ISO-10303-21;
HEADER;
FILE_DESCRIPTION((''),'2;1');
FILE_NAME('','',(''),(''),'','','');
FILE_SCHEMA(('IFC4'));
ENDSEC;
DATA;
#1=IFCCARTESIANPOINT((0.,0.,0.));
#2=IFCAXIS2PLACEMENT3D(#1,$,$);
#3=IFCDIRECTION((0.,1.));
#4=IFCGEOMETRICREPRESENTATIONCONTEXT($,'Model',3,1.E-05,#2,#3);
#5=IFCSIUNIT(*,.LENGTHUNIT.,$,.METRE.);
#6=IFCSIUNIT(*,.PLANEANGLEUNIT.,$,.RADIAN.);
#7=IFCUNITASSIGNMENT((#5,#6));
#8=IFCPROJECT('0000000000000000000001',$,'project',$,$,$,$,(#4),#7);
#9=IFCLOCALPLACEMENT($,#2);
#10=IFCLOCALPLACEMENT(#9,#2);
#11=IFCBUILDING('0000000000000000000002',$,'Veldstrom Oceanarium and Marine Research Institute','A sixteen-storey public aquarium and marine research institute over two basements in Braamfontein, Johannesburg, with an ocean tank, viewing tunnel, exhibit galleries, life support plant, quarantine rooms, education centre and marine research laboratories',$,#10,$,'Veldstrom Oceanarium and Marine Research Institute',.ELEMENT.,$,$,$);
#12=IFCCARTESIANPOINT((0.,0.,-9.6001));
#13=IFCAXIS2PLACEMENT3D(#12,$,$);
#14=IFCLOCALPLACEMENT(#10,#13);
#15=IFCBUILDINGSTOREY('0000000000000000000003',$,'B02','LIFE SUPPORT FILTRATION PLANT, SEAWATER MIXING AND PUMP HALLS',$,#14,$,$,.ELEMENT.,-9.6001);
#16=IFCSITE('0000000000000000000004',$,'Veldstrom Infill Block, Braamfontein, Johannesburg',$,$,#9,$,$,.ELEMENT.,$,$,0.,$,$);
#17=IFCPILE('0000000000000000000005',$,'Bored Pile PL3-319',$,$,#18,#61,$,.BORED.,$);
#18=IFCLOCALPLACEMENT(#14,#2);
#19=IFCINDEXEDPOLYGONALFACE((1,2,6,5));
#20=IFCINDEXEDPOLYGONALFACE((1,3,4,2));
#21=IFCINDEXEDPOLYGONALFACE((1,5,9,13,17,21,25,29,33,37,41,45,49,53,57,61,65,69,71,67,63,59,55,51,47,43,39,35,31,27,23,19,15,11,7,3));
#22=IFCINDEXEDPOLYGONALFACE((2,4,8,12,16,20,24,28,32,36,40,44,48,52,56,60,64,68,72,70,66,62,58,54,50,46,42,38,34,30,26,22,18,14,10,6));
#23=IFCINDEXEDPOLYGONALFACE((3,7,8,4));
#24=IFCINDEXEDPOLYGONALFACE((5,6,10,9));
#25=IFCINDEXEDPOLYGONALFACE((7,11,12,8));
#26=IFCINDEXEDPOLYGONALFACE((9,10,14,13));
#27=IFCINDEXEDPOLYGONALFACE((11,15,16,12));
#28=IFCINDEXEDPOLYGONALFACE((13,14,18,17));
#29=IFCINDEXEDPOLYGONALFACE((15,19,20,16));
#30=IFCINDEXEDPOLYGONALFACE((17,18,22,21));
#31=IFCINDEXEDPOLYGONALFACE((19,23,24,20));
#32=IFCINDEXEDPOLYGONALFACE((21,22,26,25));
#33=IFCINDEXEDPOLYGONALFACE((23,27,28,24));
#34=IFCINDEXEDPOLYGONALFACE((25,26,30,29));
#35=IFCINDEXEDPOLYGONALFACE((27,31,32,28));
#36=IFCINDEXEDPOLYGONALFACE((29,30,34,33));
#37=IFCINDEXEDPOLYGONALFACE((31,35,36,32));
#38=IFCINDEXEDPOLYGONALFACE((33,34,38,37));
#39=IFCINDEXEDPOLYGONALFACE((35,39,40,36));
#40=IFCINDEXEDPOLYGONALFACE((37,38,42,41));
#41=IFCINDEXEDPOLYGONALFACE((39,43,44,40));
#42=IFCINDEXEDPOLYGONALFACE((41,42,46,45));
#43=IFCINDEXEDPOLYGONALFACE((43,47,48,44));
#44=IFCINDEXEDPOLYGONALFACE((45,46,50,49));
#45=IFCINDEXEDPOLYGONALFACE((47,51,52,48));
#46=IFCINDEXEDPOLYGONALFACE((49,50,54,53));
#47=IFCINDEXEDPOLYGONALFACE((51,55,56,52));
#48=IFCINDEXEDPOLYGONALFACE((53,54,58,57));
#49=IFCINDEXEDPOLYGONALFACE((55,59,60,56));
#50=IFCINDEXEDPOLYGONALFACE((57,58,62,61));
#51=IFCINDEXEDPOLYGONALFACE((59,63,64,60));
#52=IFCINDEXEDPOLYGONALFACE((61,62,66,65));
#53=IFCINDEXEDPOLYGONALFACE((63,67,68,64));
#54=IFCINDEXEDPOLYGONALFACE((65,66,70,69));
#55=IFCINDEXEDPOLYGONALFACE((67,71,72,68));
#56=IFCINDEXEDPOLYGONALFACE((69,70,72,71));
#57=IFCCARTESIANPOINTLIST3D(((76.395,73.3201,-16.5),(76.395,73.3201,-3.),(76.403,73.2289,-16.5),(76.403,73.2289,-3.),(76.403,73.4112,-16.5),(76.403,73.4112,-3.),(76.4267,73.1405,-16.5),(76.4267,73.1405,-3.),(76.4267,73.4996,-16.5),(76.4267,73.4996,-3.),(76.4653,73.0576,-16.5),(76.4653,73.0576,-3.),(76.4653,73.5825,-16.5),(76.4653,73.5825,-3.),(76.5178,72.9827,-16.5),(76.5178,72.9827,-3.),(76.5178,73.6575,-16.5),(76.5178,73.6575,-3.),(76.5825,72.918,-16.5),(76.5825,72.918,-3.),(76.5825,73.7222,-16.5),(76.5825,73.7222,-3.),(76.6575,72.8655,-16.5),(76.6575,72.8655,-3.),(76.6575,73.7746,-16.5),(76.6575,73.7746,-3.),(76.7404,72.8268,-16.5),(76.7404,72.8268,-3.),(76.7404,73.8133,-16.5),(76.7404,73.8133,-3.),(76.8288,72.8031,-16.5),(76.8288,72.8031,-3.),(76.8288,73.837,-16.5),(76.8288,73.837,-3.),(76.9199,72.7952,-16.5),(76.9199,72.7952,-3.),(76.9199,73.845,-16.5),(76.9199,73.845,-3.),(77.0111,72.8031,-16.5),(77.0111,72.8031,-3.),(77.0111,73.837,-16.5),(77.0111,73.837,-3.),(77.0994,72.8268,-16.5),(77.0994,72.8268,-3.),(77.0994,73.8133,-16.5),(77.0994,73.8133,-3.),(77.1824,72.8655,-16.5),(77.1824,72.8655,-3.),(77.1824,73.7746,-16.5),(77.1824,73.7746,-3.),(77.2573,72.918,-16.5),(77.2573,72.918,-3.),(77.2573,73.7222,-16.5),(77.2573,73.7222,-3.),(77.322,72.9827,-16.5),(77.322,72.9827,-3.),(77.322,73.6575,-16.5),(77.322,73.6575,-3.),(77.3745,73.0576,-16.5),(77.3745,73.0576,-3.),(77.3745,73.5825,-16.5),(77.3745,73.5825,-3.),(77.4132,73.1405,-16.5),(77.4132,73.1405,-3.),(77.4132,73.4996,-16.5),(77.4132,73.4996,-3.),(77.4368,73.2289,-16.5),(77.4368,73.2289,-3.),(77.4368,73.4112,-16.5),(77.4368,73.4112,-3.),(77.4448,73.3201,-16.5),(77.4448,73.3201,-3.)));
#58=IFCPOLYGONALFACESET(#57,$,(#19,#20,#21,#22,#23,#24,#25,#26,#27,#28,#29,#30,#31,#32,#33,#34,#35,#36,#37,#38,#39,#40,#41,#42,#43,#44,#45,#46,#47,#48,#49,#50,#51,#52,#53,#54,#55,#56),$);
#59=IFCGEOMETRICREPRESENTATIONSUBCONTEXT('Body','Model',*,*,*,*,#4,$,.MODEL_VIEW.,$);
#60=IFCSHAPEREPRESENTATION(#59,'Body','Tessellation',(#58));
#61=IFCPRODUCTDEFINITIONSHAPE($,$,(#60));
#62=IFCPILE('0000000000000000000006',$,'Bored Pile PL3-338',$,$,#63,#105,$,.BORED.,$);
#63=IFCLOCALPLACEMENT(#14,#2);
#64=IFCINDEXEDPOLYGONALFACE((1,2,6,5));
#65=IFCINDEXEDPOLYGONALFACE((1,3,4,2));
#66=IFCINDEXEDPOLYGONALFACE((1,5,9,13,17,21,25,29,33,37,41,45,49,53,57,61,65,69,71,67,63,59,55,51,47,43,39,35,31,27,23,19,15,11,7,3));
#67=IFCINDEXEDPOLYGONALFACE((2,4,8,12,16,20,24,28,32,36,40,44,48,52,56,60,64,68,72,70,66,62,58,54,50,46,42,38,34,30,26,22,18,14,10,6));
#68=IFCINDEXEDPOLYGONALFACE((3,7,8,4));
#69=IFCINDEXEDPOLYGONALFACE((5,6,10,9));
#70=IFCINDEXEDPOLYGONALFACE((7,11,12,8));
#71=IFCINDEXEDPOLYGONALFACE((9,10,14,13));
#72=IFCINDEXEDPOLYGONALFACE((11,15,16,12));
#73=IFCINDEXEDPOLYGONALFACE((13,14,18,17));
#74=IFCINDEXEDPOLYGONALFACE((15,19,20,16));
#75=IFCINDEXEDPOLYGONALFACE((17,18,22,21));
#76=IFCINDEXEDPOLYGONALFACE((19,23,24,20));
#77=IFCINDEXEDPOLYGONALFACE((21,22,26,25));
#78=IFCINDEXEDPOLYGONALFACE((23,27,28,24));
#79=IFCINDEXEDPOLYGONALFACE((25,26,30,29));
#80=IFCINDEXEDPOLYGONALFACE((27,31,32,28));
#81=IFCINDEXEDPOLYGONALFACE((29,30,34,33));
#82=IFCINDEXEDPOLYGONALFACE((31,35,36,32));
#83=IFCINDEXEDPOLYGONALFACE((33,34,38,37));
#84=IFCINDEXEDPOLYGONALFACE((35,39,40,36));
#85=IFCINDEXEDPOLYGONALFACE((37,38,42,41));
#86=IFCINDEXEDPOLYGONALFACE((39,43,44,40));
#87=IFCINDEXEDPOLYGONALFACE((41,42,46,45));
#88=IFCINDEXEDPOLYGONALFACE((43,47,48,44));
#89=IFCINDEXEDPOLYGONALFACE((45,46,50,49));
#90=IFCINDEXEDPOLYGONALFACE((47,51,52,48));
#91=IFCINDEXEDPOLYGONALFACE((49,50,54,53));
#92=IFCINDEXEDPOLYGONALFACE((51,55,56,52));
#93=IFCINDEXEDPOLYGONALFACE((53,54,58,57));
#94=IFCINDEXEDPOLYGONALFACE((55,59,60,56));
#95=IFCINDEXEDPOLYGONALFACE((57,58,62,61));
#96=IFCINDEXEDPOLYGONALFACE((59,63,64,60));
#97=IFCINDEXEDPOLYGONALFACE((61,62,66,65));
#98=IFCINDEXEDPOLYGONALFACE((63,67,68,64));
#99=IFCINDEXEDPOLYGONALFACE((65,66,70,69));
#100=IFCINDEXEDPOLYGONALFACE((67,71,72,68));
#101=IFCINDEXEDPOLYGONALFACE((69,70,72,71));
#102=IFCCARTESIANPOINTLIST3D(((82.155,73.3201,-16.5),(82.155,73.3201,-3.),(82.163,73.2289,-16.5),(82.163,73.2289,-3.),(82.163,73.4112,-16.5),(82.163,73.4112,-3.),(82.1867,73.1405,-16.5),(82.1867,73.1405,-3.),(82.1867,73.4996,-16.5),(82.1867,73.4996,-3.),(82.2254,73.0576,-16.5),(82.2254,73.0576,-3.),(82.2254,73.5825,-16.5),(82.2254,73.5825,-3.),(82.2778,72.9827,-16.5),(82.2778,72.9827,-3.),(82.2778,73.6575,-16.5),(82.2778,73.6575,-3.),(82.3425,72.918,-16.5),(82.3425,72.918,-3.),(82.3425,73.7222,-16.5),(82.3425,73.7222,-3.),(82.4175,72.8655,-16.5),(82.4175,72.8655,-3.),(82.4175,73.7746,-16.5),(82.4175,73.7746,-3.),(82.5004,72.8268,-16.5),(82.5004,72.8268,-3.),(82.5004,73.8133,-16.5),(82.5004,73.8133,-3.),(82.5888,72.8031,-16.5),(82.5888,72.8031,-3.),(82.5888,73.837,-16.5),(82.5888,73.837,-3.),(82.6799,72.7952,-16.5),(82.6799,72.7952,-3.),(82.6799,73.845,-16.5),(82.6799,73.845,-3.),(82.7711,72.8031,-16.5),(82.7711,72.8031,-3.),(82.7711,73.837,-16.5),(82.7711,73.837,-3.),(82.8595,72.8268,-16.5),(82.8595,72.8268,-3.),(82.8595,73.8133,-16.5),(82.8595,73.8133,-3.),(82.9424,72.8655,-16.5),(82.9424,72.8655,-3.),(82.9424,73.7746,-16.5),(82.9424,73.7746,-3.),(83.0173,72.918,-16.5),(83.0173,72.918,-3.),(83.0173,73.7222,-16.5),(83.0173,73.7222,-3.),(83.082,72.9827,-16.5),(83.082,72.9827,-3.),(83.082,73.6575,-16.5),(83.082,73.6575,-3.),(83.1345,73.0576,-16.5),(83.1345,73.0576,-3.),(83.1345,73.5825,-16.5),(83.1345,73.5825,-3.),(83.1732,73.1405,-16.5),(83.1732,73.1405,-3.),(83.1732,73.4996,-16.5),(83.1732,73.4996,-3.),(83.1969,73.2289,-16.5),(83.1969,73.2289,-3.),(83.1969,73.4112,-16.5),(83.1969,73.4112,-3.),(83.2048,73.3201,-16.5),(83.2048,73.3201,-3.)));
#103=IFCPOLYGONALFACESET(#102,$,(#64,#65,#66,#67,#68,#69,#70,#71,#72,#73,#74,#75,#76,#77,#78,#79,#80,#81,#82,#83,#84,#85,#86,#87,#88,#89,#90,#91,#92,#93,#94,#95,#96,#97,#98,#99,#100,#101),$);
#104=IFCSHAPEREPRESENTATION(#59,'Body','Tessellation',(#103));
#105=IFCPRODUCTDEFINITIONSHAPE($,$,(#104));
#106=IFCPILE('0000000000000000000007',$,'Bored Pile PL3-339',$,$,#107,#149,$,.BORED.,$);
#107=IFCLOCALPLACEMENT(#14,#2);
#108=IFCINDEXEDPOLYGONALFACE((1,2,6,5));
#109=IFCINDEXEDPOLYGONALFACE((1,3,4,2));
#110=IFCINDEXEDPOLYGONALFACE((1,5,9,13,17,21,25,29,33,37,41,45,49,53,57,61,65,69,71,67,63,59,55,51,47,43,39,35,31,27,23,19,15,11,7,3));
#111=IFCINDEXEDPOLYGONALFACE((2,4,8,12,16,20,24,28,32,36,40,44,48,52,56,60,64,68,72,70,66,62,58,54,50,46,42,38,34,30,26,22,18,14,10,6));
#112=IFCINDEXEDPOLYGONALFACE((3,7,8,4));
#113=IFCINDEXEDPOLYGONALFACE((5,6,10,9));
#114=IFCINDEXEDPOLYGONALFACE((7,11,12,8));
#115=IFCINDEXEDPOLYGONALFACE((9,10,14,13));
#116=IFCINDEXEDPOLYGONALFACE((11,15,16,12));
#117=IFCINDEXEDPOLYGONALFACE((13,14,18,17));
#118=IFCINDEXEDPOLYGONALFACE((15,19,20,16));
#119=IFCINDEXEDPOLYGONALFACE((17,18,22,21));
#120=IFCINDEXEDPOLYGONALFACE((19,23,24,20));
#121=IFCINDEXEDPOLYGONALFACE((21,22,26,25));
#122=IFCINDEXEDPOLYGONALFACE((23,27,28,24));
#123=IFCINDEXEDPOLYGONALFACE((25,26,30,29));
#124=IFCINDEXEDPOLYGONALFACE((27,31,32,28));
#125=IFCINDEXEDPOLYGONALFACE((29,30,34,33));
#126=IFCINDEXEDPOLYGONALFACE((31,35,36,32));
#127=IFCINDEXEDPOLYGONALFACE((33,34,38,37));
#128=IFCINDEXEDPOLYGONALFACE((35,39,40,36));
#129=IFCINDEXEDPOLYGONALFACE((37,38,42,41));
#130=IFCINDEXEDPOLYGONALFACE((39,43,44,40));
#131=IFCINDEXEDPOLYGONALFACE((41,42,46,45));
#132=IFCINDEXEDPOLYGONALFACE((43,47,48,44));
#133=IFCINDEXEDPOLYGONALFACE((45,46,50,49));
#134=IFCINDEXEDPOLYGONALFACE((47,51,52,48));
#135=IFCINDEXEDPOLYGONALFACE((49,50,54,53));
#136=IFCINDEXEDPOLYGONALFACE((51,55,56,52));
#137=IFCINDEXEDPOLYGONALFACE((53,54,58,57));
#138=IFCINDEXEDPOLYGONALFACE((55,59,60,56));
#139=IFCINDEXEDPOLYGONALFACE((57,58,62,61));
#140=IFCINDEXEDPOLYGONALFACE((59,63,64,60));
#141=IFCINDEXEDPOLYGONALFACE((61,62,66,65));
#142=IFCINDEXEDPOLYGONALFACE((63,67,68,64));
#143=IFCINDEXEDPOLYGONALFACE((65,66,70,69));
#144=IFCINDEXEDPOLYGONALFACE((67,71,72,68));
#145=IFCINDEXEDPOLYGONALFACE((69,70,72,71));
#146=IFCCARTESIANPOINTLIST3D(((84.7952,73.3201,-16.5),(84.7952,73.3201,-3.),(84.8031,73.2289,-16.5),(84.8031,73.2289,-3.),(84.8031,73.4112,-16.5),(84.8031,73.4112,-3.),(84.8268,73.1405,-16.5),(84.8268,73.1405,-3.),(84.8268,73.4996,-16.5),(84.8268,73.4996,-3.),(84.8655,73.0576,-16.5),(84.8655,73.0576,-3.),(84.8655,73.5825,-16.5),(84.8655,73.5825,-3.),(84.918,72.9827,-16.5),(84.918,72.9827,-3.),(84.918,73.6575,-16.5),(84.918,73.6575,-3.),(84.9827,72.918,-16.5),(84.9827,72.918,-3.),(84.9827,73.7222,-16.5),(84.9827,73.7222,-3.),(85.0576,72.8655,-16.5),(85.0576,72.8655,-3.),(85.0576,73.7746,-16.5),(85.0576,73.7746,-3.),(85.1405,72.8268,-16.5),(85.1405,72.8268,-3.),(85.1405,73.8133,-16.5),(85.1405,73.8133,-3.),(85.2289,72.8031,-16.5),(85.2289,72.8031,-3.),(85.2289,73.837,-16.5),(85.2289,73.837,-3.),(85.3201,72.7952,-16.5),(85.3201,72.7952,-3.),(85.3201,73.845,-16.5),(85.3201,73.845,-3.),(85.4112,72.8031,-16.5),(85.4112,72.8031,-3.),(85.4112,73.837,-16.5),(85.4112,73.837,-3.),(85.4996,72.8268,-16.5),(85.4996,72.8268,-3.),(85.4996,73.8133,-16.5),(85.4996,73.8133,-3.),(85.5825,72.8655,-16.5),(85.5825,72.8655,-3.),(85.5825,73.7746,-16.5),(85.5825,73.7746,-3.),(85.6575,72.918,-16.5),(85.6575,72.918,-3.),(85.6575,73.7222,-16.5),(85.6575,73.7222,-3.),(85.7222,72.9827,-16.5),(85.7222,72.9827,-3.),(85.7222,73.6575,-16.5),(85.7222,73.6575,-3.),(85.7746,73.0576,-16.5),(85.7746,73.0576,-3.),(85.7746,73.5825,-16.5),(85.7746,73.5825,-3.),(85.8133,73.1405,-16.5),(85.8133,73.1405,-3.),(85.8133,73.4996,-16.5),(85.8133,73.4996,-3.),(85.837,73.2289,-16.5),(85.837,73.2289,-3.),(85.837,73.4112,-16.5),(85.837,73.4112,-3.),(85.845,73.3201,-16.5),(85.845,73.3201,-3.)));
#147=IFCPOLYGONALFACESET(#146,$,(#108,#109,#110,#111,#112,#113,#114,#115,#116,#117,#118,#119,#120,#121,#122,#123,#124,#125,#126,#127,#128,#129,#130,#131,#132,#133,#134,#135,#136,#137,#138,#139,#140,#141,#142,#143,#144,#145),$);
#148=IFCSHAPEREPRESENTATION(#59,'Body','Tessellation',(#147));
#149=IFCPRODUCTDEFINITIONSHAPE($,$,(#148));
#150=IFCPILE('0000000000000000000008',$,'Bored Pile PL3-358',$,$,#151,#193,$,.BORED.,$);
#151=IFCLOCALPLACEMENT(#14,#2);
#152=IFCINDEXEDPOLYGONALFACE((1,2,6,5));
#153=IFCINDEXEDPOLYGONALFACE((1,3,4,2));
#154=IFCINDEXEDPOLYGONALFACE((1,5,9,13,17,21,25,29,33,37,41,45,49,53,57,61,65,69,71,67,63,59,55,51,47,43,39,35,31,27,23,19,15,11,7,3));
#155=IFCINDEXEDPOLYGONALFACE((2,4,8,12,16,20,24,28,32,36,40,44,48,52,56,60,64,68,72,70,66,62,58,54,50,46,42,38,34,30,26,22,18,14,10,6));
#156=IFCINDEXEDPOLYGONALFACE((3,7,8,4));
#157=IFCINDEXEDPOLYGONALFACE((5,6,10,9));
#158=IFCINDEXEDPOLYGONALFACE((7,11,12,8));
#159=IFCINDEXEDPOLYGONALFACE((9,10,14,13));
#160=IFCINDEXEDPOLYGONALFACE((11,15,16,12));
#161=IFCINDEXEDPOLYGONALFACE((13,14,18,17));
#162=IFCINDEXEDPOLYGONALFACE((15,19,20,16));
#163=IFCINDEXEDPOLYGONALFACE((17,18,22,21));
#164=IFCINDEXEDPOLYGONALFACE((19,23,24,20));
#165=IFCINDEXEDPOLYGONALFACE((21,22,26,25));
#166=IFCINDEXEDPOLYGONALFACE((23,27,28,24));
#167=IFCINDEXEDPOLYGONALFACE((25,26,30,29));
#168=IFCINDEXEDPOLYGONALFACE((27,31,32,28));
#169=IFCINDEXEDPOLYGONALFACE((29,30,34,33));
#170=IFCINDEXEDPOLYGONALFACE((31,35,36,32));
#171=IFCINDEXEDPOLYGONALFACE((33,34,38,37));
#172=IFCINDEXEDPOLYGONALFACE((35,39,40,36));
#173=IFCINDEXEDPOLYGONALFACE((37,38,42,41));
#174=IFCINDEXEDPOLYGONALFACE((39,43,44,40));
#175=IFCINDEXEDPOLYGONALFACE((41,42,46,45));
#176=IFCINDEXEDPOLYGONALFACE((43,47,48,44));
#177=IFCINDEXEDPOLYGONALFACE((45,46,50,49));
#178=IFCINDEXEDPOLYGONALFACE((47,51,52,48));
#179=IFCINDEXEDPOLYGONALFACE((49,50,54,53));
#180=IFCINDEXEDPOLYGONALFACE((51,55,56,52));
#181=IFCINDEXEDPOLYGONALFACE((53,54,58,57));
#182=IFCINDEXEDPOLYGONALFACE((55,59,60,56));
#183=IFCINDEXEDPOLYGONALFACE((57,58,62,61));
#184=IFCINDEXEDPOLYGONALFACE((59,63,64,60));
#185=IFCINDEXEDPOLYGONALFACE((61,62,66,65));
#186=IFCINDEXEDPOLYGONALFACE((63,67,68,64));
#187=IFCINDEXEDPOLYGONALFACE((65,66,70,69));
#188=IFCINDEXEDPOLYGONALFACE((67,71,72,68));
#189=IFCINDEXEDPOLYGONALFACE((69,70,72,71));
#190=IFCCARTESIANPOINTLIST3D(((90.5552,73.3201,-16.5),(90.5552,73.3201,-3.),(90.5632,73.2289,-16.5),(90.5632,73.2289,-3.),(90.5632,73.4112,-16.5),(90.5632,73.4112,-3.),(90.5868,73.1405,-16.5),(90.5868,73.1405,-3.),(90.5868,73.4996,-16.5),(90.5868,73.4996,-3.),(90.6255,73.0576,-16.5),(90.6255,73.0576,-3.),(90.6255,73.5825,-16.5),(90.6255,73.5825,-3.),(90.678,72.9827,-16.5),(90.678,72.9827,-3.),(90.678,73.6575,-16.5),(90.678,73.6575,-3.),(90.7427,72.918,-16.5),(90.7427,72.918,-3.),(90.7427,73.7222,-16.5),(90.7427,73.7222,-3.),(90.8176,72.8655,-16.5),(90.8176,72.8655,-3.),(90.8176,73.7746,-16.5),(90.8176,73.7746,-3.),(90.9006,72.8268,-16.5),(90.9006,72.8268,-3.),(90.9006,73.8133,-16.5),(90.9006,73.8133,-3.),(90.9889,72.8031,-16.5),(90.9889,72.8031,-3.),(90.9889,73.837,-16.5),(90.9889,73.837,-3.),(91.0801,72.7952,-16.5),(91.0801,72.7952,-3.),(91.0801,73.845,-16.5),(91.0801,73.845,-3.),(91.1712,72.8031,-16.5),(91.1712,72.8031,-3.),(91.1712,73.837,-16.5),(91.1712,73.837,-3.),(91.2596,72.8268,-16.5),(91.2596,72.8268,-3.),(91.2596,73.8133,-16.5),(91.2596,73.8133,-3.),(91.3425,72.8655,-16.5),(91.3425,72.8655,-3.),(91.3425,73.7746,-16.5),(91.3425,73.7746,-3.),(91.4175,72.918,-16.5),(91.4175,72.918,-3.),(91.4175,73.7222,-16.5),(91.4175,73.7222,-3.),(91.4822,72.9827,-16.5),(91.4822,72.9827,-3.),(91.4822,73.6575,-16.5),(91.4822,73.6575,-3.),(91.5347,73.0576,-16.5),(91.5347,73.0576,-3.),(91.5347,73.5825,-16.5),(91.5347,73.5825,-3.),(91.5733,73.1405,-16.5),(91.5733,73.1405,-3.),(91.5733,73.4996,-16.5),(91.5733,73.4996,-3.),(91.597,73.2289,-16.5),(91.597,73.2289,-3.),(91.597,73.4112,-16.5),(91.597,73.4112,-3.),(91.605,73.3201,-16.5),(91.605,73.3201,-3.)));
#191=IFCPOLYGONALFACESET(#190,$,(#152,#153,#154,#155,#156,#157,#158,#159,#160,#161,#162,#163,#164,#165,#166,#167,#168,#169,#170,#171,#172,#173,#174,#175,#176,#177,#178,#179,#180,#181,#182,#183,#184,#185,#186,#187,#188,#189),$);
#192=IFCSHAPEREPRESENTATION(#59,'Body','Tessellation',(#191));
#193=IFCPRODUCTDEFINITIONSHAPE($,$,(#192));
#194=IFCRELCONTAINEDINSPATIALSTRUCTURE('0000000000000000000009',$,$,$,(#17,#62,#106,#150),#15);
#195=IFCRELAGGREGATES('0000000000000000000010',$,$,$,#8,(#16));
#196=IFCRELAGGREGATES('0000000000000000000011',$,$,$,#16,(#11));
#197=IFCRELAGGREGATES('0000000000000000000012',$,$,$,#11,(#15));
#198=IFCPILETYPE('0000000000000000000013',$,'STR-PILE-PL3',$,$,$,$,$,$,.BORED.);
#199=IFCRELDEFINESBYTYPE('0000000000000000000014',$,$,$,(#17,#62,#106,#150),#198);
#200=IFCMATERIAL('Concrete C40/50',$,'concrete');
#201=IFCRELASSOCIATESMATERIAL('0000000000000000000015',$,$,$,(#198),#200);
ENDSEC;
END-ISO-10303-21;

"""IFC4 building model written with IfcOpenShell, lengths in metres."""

from ifc_helpers import new_model, si_unit, direction, frame, origin, origin_2d, place, context, subcontext, project, spatial, circle, extrude, material, material_profile, profile_set, type_object, element, save


model = new_model("IFC4")

# Units and contexts
model_context = context("Model", 3, precision=1e-05, world=origin(), true_north=direction((0.0, 1.0)))
body_context = subcontext(model_context, "Body", "Model", "MODEL_VIEW")
ifc_project = project(units=[si_unit("LENGTHUNIT", "METRE"), si_unit("PLANEANGLEUNIT", "RADIAN")], contexts=[model_context])

# Site, building, storey
site_placement = place(None, origin())
site = spatial("IfcSite", under=ifc_project, at=site_placement, Name="Veldstrom Infill Block, Braamfontein, Johannesburg", CompositionType="ELEMENT", RefElevation=0.0)
building_placement = place(site_placement, origin())
building = spatial("IfcBuilding", under=site, at=building_placement, Name="Veldstrom Oceanarium and Marine Research Institute", Description="A sixteen-storey public aquarium and marine research institute over two basements in Braamfontein, Johannesburg, with an ocean tank, viewing tunnel, exhibit galleries, life support plant, quarantine rooms, education centre and marine research laboratories", LongName="Veldstrom Oceanarium and Marine Research Institute", CompositionType="ELEMENT")
storey_placement = place(building_placement, frame((0.0, 0.0, -9.6001)))
storey = spatial("IfcBuildingStorey", under=building, at=storey_placement, Name="B02", Description="LIFE SUPPORT FILTRATION PLANT, SEAWATER MIXING AND PUMP HALLS", CompositionType="ELEMENT", Elevation=-9.6001)

# Piles
ifc_material_1 = material(Name="Concrete C40/50", Category="concrete")
ifc_material_profile_1 = material_profile(ifc_material_1, circle(Radius=0.5249, at=origin_2d()), Name="PILE-D1050")
ifc_profile_set_1 = profile_set([ifc_material_profile_1], Name="Concrete C40/50")
pile_type_1 = type_object("IfcPileType", Name="STR-PILE-PL3", PredefinedType="BORED", material=ifc_profile_set_1)
for number, where, z_axis, x_axis, name in (
    (1, (76.9199, 73.3201, -3.0), (0.0, 0.0, -1.0), (1.0, 0.0, 0.0), "Bored Pile PL3-319"),
    (2, (82.6799, 73.3201, -3.0), (0.0, 0.0, -1.0), (1.0, 0.0, 0.0), "Bored Pile PL3-338"),
    (3, (85.3201, 73.3201, -3.0), (0.0, 0.0, -1.0), (1.0, 0.0, 0.0), "Bored Pile PL3-339"),
    (4, (91.0801, 73.3201, -3.0), (0.0, 0.0, -1.0), (1.0, 0.0, 0.0), "Bored Pile PL3-358"),
):
    element("IfcPile", number, at=place(storey_placement, frame(where, z_axis=z_axis, x_axis=x_axis)), inside=storey, type_object=pile_type_1, Name=name, PredefinedType="BORED", context=body_context, shape_type="SweptSolid", body=[
        extrude(circle(Radius=0.5249, at=origin_2d()), origin(), (0.0, 0.0, 1.0), 13.5),
    ])

save(model, "model.ifc")
